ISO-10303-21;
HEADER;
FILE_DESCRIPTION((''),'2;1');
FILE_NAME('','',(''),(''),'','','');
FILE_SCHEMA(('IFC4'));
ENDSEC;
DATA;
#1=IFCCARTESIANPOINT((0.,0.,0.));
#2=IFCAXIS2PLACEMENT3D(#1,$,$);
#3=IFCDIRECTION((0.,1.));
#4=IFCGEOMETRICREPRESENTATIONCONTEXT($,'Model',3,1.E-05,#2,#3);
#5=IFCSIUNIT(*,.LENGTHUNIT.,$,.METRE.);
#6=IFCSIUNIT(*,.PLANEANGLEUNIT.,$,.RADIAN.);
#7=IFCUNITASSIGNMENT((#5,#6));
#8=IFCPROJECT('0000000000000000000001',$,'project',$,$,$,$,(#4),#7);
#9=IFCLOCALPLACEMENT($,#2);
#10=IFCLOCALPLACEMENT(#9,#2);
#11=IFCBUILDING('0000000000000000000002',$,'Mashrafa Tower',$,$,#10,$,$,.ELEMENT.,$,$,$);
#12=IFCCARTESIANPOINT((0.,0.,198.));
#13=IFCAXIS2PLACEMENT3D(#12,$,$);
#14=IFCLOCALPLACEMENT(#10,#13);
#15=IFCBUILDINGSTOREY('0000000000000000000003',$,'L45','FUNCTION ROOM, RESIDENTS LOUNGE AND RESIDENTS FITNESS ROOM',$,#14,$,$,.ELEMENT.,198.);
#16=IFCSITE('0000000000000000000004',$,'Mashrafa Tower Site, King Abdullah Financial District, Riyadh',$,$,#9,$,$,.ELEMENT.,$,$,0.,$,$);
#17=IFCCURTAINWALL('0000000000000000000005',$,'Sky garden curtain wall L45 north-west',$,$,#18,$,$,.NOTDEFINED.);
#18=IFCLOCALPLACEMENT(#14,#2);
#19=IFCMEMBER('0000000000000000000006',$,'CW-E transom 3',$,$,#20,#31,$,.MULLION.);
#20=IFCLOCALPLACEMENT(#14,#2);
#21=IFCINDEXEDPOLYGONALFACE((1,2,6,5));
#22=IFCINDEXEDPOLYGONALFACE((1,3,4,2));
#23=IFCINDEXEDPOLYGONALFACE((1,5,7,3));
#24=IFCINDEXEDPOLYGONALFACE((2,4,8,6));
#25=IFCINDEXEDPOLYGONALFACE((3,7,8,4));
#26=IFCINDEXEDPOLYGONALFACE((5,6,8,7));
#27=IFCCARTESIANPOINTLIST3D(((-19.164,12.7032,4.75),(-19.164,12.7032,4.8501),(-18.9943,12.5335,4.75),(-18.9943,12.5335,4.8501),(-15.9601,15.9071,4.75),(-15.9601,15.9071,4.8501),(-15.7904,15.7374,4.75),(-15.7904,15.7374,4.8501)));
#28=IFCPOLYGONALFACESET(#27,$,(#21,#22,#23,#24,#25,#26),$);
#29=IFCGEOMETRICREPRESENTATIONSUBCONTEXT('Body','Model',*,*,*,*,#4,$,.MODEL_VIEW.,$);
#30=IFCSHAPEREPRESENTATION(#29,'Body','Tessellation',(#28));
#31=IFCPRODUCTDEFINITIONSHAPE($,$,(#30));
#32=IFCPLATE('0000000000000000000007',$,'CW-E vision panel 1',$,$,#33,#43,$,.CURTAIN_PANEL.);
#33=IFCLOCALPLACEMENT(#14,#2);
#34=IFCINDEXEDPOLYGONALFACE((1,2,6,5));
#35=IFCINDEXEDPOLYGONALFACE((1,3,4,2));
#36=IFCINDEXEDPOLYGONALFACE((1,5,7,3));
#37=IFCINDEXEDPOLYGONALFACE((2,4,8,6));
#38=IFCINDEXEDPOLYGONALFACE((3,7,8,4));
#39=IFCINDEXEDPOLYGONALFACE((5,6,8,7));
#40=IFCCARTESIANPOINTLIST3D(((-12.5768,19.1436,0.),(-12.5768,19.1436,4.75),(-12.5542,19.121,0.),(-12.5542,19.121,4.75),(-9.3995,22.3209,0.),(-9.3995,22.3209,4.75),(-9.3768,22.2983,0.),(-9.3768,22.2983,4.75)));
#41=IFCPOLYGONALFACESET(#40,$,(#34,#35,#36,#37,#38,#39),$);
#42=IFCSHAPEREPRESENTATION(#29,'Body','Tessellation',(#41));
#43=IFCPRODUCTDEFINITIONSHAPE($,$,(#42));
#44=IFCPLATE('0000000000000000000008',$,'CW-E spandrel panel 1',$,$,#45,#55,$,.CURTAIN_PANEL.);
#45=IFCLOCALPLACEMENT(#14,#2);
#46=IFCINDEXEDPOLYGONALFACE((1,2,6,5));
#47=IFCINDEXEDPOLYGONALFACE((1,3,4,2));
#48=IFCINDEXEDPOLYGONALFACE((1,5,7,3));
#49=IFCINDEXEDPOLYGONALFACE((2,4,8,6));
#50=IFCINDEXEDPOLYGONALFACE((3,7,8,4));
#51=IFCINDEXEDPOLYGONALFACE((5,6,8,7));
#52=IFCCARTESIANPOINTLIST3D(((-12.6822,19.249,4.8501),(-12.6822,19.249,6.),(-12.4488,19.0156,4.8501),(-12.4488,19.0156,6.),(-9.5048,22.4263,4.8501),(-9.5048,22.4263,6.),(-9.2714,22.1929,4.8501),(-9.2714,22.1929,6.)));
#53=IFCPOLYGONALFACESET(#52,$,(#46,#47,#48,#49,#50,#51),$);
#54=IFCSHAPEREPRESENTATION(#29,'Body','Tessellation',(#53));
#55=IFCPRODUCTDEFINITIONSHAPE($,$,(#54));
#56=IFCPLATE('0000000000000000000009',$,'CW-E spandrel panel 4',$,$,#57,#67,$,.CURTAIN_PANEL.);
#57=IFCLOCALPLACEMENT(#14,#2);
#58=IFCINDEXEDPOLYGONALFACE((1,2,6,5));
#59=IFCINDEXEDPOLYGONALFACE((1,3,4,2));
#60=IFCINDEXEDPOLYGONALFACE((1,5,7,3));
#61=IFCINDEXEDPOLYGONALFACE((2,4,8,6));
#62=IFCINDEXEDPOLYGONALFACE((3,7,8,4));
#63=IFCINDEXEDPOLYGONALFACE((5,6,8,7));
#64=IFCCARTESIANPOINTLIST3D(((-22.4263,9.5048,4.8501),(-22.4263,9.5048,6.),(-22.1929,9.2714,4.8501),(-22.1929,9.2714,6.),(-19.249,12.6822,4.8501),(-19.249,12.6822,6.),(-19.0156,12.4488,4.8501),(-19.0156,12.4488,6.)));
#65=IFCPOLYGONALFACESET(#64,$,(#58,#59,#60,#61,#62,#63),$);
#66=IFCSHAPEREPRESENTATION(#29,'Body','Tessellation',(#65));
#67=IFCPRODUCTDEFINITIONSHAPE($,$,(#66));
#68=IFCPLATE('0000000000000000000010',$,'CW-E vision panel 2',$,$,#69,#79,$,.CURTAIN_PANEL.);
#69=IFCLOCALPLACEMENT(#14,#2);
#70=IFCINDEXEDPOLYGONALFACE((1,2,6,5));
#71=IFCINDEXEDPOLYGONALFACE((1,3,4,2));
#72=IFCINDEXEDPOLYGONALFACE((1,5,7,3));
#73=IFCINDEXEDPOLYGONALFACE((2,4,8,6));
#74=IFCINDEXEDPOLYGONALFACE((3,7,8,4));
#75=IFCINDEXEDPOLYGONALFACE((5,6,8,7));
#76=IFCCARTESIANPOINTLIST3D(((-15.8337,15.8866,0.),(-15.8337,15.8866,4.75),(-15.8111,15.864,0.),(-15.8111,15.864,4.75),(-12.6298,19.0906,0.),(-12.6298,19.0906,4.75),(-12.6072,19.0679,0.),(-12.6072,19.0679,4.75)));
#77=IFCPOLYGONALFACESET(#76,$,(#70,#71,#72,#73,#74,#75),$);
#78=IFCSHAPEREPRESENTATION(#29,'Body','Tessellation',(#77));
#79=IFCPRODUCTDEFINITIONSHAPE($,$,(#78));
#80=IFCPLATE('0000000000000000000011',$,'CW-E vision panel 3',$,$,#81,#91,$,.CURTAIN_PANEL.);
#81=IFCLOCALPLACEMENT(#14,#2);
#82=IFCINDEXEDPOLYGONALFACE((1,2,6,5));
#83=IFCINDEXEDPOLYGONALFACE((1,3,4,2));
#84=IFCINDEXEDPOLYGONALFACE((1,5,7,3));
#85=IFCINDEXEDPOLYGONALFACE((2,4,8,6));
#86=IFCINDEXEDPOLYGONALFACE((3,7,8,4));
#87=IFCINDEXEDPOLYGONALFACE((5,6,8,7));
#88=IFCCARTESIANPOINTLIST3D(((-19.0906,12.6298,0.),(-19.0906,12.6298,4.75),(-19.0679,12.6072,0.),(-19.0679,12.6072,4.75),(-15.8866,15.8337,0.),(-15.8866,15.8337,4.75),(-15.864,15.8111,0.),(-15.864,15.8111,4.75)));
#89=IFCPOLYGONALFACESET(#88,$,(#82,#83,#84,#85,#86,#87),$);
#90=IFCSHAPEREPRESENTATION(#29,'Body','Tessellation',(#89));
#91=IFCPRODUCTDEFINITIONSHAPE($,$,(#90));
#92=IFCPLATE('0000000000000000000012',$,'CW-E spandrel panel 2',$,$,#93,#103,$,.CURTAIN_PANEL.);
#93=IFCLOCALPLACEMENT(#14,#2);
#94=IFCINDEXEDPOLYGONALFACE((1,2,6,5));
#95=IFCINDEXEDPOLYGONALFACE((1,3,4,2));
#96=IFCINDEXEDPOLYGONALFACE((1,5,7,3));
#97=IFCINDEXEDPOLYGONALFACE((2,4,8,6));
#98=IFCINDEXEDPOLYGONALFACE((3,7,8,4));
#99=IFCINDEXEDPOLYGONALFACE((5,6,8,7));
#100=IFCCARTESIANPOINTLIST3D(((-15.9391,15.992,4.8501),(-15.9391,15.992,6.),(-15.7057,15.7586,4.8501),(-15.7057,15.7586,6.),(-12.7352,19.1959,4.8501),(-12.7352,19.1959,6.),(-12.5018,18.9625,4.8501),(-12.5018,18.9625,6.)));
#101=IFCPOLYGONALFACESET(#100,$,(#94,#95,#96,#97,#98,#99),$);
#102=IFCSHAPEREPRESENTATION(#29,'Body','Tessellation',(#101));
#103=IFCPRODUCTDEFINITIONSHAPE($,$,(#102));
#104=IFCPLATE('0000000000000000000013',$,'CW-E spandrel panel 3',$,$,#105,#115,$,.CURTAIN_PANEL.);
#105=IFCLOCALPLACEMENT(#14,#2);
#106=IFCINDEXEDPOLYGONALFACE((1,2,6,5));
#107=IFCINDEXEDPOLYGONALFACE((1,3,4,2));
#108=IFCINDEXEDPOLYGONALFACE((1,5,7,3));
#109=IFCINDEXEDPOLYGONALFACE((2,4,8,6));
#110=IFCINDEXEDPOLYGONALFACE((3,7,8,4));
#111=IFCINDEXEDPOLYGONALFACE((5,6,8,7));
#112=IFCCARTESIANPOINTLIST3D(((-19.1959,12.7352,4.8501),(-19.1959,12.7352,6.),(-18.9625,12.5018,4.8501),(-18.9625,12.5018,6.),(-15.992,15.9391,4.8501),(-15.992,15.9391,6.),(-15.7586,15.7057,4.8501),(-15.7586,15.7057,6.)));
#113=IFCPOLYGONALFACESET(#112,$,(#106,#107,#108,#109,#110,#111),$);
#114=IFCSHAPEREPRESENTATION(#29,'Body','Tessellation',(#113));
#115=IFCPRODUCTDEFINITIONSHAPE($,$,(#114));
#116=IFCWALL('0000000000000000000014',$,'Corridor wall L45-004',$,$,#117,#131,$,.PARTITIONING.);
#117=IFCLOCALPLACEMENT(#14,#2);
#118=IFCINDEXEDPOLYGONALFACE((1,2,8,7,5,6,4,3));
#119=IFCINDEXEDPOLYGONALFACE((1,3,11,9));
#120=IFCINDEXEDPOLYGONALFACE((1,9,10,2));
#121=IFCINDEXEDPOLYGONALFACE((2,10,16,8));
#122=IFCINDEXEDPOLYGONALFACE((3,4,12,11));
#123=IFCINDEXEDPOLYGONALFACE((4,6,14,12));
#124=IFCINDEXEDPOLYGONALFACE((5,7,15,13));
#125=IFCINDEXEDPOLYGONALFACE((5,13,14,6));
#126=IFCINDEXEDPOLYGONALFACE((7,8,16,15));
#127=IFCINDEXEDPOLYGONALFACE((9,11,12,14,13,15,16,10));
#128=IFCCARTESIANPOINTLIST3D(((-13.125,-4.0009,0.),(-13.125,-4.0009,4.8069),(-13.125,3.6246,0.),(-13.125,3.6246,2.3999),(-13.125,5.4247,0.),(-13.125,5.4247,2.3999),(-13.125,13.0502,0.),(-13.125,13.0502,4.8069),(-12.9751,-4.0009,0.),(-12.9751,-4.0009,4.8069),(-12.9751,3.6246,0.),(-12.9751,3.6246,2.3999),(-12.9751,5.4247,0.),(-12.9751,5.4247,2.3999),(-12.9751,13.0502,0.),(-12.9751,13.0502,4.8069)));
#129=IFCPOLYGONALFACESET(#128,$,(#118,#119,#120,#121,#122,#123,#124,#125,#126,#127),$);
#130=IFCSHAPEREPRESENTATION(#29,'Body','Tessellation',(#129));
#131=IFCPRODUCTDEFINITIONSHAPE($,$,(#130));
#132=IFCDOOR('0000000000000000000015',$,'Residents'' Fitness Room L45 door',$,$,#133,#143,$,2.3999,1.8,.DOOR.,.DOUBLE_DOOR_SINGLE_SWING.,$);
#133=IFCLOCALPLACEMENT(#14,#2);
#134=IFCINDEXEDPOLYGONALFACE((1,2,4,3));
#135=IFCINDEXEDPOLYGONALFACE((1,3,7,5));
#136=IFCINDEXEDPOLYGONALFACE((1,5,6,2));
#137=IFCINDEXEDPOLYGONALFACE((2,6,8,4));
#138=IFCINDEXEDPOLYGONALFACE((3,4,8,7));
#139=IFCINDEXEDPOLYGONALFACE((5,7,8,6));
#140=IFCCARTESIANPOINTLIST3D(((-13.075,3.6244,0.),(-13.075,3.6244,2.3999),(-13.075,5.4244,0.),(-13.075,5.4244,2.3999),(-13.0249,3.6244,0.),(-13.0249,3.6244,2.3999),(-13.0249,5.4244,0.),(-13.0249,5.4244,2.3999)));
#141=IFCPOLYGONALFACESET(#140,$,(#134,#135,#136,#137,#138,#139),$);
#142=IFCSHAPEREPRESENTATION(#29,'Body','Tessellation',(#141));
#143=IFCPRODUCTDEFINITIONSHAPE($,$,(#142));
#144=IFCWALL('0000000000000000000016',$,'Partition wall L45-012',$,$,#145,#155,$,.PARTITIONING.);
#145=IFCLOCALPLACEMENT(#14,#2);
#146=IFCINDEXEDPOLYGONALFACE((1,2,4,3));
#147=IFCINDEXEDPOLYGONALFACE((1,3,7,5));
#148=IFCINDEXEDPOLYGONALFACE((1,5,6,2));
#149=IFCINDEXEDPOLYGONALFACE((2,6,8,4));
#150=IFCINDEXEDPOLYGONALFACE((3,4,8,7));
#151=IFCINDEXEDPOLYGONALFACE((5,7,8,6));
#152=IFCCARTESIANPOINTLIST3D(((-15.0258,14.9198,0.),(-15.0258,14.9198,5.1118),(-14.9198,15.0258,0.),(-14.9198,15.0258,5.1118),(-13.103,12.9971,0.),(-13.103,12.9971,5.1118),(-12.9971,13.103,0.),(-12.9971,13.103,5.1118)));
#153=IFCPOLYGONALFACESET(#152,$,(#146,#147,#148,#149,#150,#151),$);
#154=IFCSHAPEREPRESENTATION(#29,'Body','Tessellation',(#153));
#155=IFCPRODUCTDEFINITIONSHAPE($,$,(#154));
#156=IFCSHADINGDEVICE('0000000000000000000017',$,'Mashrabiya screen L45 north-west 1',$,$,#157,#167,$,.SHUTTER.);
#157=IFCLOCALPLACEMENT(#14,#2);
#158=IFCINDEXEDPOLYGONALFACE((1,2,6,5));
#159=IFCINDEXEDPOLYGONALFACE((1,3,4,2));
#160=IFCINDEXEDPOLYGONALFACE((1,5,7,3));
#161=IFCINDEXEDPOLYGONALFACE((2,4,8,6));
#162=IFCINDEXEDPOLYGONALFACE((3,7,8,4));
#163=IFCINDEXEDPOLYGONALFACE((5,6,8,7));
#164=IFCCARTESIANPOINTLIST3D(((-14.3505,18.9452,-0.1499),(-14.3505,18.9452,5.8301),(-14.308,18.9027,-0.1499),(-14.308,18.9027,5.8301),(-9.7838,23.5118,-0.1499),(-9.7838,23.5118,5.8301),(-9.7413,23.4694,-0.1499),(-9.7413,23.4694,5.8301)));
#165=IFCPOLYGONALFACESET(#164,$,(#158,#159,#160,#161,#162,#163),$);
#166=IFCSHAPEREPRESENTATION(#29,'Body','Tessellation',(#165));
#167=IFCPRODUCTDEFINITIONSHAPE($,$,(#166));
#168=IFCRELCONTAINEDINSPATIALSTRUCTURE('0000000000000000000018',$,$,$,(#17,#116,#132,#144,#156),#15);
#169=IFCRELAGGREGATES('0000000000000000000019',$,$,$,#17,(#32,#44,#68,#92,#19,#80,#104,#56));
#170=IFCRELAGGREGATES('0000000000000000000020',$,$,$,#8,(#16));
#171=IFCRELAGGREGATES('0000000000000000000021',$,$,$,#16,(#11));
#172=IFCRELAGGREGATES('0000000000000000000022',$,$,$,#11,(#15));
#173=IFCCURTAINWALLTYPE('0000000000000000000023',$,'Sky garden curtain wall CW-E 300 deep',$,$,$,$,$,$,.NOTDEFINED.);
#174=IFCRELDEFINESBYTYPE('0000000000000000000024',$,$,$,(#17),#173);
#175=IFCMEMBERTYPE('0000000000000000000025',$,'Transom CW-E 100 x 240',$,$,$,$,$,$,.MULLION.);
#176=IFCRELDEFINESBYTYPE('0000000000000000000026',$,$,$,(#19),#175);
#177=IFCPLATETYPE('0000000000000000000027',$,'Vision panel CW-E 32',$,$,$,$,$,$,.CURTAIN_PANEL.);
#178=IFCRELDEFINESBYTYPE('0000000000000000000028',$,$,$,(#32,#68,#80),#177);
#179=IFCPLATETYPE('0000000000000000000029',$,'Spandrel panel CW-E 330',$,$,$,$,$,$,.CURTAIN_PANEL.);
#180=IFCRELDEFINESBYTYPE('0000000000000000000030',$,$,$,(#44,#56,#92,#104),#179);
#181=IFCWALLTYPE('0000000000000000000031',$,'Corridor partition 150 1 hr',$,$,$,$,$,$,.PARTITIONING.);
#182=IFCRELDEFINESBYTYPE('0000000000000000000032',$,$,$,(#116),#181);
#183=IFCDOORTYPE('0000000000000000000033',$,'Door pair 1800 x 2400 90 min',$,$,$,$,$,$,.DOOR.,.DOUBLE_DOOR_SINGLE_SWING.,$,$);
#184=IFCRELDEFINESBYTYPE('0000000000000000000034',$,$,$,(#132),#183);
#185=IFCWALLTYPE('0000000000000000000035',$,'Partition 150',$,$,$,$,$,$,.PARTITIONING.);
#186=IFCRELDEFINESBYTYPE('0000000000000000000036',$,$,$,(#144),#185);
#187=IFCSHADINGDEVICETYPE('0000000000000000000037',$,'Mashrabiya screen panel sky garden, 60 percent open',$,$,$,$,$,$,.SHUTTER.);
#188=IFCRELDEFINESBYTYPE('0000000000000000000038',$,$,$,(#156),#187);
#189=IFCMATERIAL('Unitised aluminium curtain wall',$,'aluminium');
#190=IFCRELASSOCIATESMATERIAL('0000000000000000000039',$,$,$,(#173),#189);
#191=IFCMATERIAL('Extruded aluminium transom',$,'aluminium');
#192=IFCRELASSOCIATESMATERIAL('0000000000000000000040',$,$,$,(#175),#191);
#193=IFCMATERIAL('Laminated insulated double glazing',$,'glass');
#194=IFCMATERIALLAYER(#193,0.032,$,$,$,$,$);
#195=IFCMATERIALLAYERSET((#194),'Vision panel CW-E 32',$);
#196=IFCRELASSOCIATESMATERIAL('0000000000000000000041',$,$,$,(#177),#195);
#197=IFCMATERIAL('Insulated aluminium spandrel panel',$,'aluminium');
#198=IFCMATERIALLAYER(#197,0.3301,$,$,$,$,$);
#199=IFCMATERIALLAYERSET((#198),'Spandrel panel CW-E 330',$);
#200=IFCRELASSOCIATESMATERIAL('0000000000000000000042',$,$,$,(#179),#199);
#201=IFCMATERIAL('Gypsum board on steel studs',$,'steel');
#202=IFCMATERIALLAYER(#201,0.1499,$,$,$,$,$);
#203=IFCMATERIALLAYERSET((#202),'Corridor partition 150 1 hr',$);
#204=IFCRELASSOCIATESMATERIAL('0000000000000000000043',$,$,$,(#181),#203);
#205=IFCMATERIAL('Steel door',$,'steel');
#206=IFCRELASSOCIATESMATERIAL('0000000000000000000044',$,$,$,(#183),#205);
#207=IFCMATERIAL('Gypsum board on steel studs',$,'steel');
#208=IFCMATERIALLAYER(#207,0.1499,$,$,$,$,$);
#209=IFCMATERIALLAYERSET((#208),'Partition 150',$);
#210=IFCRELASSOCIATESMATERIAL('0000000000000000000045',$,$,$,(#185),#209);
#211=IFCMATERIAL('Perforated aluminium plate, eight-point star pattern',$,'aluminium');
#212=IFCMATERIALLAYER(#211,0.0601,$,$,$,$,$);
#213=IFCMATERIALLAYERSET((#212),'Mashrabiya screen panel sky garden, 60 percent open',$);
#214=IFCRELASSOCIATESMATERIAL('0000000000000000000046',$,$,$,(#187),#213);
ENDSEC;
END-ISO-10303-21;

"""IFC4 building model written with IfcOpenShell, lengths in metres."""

from ifc_helpers import new_model, si_unit, direction, frame, frame_2d, origin, origin_2d, place, context, subcontext, project, spatial, rectangle, extrude, source, transform, mapped, material, layer, layer_set, material_profile, profile_set, type_object, type_shapes, element, fill, aggregate, save


model = new_model("IFC4")

# Units and contexts
model_context = context("Model", 3, precision=1e-05, world=origin(), true_north=direction((0.0, 1.0)))
body_context = subcontext(model_context, "Body", "Model", "MODEL_VIEW")
ifc_project = project(units=[si_unit("LENGTHUNIT", "METRE"), si_unit("PLANEANGLEUNIT", "RADIAN")], contexts=[model_context])

# Site, building, storey
site_placement = place(None, origin())
site = spatial("IfcSite", under=ifc_project, at=site_placement, Name="Mashrafa Tower Site, King Abdullah Financial District, Riyadh", CompositionType="ELEMENT", RefElevation=0.0)
building_placement = place(site_placement, origin())
building = spatial("IfcBuilding", under=site, at=building_placement, Name="Mashrafa Tower", CompositionType="ELEMENT")
storey_placement = place(building_placement, frame((0.0, 0.0, 198.0)))
storey = spatial("IfcBuildingStorey", under=building, at=storey_placement, Name="L45", Description="FUNCTION ROOM, RESIDENTS LOUNGE AND RESIDENTS FITNESS ROOM", CompositionType="ELEMENT", Elevation=198.0)

# Curtain wall, member, plates
ifc_material_1 = material(Name="Unitised aluminium curtain wall", Category="aluminium")
curtain_wall_type = type_object("IfcCurtainWallType", Name="Sky garden curtain wall CW-E 300 deep", PredefinedType="NOTDEFINED", material=ifc_material_1)
curtain_wall_placement = place(storey_placement, origin())
curtain_wall = element("IfcCurtainWall", 1, at=curtain_wall_placement, inside=storey, type_object=curtain_wall_type, Name="Sky garden curtain wall L45 north-west", PredefinedType="NOTDEFINED")
ifc_material_2 = material(Name="Extruded aluminium transom", Category="aluminium")
ifc_material_profile_1 = material_profile(ifc_material_2, rectangle(XDim=0.24, YDim=0.1001, at=origin_2d()), Name="Transom 100x240")
ifc_profile_set_1 = profile_set([ifc_material_profile_1], Name="Extruded aluminium transom")
member_type_1 = type_object("IfcMemberType", Name="Transom CW-E 100 x 240", PredefinedType="MULLION", material=ifc_profile_set_1)
shared_shape_1 = source(origin(), body_context, "Body", "SweptSolid", [
    extrude(rectangle(XDim=0.24, YDim=0.1001, at=origin_2d()), origin(), (0.0, 0.0, 1.0), 4.531),
])
member_1_placement = place(storey_placement, frame((-15.8752, 15.8223, 4.8), z_axis=(-0.707107, -0.707107, 0.0), x_axis=(0.707107, -0.707107, 0.0)))
member_1 = element("IfcMember", 2, at=member_1_placement, type_object=member_type_1, Name="CW-E transom 3", PredefinedType="MULLION", context=body_context, shape_type="MappedRepresentation", body=[
    mapped(shared_shape_1, transform((0.0, 0.0, 0.0))),
])
ifc_material_3 = material(Name="Laminated insulated double glazing", Category="glass")
ifc_layer_1 = layer(ifc_material_3, 0.032)
ifc_layer_set_1 = layer_set([ifc_layer_1], Name="Vision panel CW-E 32")
plate_type_1 = type_object("IfcPlateType", Name="Vision panel CW-E 32", PredefinedType="CURTAIN_PANEL", material=ifc_layer_set_1)
shared_shape_2 = source(origin(), body_context, "Body", "SweptSolid", [
    extrude(rectangle(XDim=4.4934, YDim=0.032, at=origin_2d()), origin(), (0.0, 0.0, 1.0), 4.75),
])
plate_1_placement = place(storey_placement, frame((-10.9768, 20.7209, 0.0), z_axis=(0.0, 0.0, 1.0), x_axis=(-0.707107, -0.707107, 0.0)))
plate_1 = element("IfcPlate", 3, at=plate_1_placement, type_object=plate_type_1, Name="CW-E vision panel 1", PredefinedType="CURTAIN_PANEL", context=body_context, shape_type="MappedRepresentation", body=[
    mapped(shared_shape_2, transform((0.0, 0.0, 0.0))),
])
ifc_material_4 = material(Name="Insulated aluminium spandrel panel", Category="aluminium")
ifc_layer_2 = layer(ifc_material_4, 0.3301)
ifc_layer_set_2 = layer_set([ifc_layer_2], Name="Spandrel panel CW-E 330")
plate_type_2 = type_object("IfcPlateType", Name="Spandrel panel CW-E 330", PredefinedType="CURTAIN_PANEL", material=ifc_layer_set_2)
shared_shape_3 = source(origin(), body_context, "Body", "SweptSolid", [
    extrude(rectangle(XDim=4.4934, YDim=0.3301, at=origin_2d()), origin(), (0.0, 0.0, 1.0), 1.1499),
])
plate_2_placement = place(storey_placement, frame((-10.9768, 20.7209, 4.8501), z_axis=(0.0, 0.0, 1.0), x_axis=(-0.707107, -0.707107, 0.0)))
plate_2 = element("IfcPlate", 4, at=plate_2_placement, type_object=plate_type_2, Name="CW-E spandrel panel 1", PredefinedType="CURTAIN_PANEL", context=body_context, shape_type="MappedRepresentation", body=[
    mapped(shared_shape_3, transform((0.0, 0.0, 0.0))),
])
plate_3_placement = place(storey_placement, frame((-20.7209, 10.9768, 4.8501), z_axis=(0.0, 0.0, 1.0), x_axis=(-0.707107, -0.707107, 0.0)))
plate_3 = element("IfcPlate", 5, at=plate_3_placement, type_object=plate_type_2, Name="CW-E spandrel panel 4", PredefinedType="CURTAIN_PANEL", context=body_context, shape_type="MappedRepresentation", body=[
    mapped(shared_shape_3, transform((0.0, 0.0, 0.0))),
])
shared_shape_4 = source(origin(), body_context, "Body", "SweptSolid", [
    extrude(rectangle(XDim=4.531, YDim=0.032, at=origin_2d()), origin(), (0.0, 0.0, 1.0), 4.75),
])
type_shapes(plate_type_1, [shared_shape_2, shared_shape_4])
plate_4_placement = place(storey_placement, frame((-14.2205, 17.4773, 0.0), z_axis=(0.0, 0.0, 1.0), x_axis=(-0.707107, -0.707107, 0.0)))
plate_4 = element("IfcPlate", 6, at=plate_4_placement, type_object=plate_type_1, Name="CW-E vision panel 2", PredefinedType="CURTAIN_PANEL", context=body_context, shape_type="MappedRepresentation", body=[
    mapped(shared_shape_4, transform((0.0, 0.0, 0.0))),
])
plate_5_placement = place(storey_placement, frame((-17.4773, 14.2205, 0.0), z_axis=(0.0, 0.0, 1.0), x_axis=(-0.707107, -0.707107, 0.0)))
plate_5 = element("IfcPlate", 7, at=plate_5_placement, type_object=plate_type_1, Name="CW-E vision panel 3", PredefinedType="CURTAIN_PANEL", context=body_context, shape_type="MappedRepresentation", body=[
    mapped(shared_shape_4, transform((0.0, 0.0, 0.0))),
])
shared_shape_5 = source(origin(), body_context, "Body", "SweptSolid", [
    extrude(rectangle(XDim=4.531, YDim=0.3301, at=origin_2d()), origin(), (0.0, 0.0, 1.0), 1.1499),
])
type_shapes(plate_type_2, [shared_shape_3, shared_shape_5])
plate_6_placement = place(storey_placement, frame((-14.2205, 17.4773, 4.8501), z_axis=(0.0, 0.0, 1.0), x_axis=(-0.707107, -0.707107, 0.0)))
plate_6 = element("IfcPlate", 8, at=plate_6_placement, type_object=plate_type_2, Name="CW-E spandrel panel 2", PredefinedType="CURTAIN_PANEL", context=body_context, shape_type="MappedRepresentation", body=[
    mapped(shared_shape_5, transform((0.0, 0.0, 0.0))),
])
plate_7_placement = place(storey_placement, frame((-17.4773, 14.2205, 4.8501), z_axis=(0.0, 0.0, 1.0), x_axis=(-0.707107, -0.707107, 0.0)))
plate_7 = element("IfcPlate", 9, at=plate_7_placement, type_object=plate_type_2, Name="CW-E spandrel panel 3", PredefinedType="CURTAIN_PANEL", context=body_context, shape_type="MappedRepresentation", body=[
    mapped(shared_shape_5, transform((0.0, 0.0, 0.0))),
])
aggregate(curtain_wall, [plate_1, plate_2, plate_4, plate_6, member_1, plate_5, plate_7, plate_3])

# Wall, opening, door
ifc_material_5 = material(Name="Gypsum board on steel studs", Category="steel")
ifc_layer_3 = layer(ifc_material_5, 0.1499)
ifc_layer_set_3 = layer_set([ifc_layer_3], Name="Corridor partition 150 1 hr")
wall_type_1 = type_object("IfcWallType", Name="Corridor partition 150 1 hr", PredefinedType="PARTITIONING", material=ifc_layer_set_3)
wall_1_placement = place(storey_placement, frame((-13.05, 13.05, 0.0), z_axis=(0.0, 0.0, 1.0), x_axis=(0.0, -1.0, 0.0)))
wall_1 = element("IfcWall", 10, at=wall_1_placement, inside=storey, type_object=wall_type_1, Name="Corridor wall L45-004", PredefinedType="PARTITIONING", context=body_context, shape_type="SweptSolid", body=[
    extrude(rectangle(XDim=17.051, YDim=0.1499, at=frame_2d((8.5254, 0.0))), origin(), (0.0, 0.0, 1.0), 4.8069),
])
opening_placement = place(wall_1_placement, frame((7.6255, 0.0, 0.0)))
opening = element("IfcOpeningElement", 11, at=opening_placement, cuts=wall_1, PredefinedType="OPENING", context=body_context, shape_type="SweptSolid", body=[
    extrude(rectangle(XDim=1.8, YDim=2.3999, at=frame_2d((0.8999, 1.2))), frame((0.0, 0.085, 0.0), z_axis=(0.0, -1.0, 0.0), x_axis=(1.0, 0.0, 0.0)), (0.0, 0.0, 1.0), 0.1699),
])
ifc_material_6 = material(Name="Steel door", Category="steel")
door_type = type_object("IfcDoorType", Name="Door pair 1800 x 2400 90 min", OperationType="DOUBLE_DOOR_SINGLE_SWING", PredefinedType="DOOR", material=ifc_material_6)
door_placement = place(opening_placement, frame((1.8, 0.0, 0.0), z_axis=(0.0, 0.0, 1.0), x_axis=(-1.0, 0.0, 0.0)))
door = element("IfcDoor", 12, at=door_placement, inside=storey, type_object=door_type, Name="Residents' Fitness Room L45 door", OperationType="DOUBLE_DOOR_SINGLE_SWING", OverallHeight=2.3999, OverallWidth=1.8, PredefinedType="DOOR", context=body_context, shape_type="SweptSolid", body=[
    extrude(rectangle(XDim=1.8, YDim=2.3999, at=frame_2d((0.8999, 1.2))), frame((0.0, 0.0249, 0.0), z_axis=(0.0, -1.0, 0.0), x_axis=(1.0, 0.0, 0.0)), (0.0, 0.0, 1.0), 0.05),
])
fill(opening, door)

# Wall
ifc_material_7 = material(Name="Gypsum board on steel studs", Category="steel")
ifc_layer_4 = layer(ifc_material_7, 0.1499)
ifc_layer_set_4 = layer_set([ifc_layer_4], Name="Partition 150")
wall_type_2 = type_object("IfcWallType", Name="Partition 150", PredefinedType="PARTITIONING", material=ifc_layer_set_4)
wall_2_placement = place(storey_placement, frame((-13.05, 13.05, 0.0), z_axis=(0.0, 0.0, 1.0), x_axis=(-0.707107, 0.707107, 0.0)))
element("IfcWall", 13, at=wall_2_placement, inside=storey, type_object=wall_type_2, Name="Partition wall L45-012", PredefinedType="PARTITIONING", context=body_context, shape_type="SweptSolid", body=[
    extrude(rectangle(XDim=2.7192, YDim=0.1499, at=frame_2d((1.3596, 0.0))), origin(), (0.0, 0.0, 1.0), 5.1118),
])

# Shading device
ifc_material_8 = material(Name="Perforated aluminium plate, eight-point star pattern", Category="aluminium")
ifc_layer_5 = layer(ifc_material_8, 0.0601)
ifc_layer_set_5 = layer_set([ifc_layer_5], Name="Mashrabiya screen panel sky garden, 60 percent open")
shading_device_type = type_object("IfcShadingDeviceType", Name="Mashrabiya screen panel sky garden, 60 percent open", PredefinedType="SHUTTER", material=ifc_layer_set_5)
shared_shape_6 = source(origin(), body_context, "Body", "SweptSolid", [
    extrude(rectangle(XDim=6.4583, YDim=0.0601, at=origin_2d()), origin(), (0.0, 0.0, 1.0), 5.98),
])
type_shapes(shading_device_type, [shared_shape_6])
for number, where, z_axis, x_axis, name in (
    (14, (-12.0459, 21.2073, -0.1499), (0.0, 0.0, 1.0), (-0.707107, -0.707107, 0.0), "Mashrabiya screen L45 north-west 1"),
):
    element("IfcShadingDevice", number, at=place(storey_placement, frame(where, z_axis=z_axis, x_axis=x_axis)), inside=storey, type_object=shading_device_type, Name=name, PredefinedType="SHUTTER", context=body_context, shape_type="MappedRepresentation", body=[
        mapped(shared_shape_6, transform((0.0, 0.0, 0.0))),
    ])

save(model, "model.ifc")
